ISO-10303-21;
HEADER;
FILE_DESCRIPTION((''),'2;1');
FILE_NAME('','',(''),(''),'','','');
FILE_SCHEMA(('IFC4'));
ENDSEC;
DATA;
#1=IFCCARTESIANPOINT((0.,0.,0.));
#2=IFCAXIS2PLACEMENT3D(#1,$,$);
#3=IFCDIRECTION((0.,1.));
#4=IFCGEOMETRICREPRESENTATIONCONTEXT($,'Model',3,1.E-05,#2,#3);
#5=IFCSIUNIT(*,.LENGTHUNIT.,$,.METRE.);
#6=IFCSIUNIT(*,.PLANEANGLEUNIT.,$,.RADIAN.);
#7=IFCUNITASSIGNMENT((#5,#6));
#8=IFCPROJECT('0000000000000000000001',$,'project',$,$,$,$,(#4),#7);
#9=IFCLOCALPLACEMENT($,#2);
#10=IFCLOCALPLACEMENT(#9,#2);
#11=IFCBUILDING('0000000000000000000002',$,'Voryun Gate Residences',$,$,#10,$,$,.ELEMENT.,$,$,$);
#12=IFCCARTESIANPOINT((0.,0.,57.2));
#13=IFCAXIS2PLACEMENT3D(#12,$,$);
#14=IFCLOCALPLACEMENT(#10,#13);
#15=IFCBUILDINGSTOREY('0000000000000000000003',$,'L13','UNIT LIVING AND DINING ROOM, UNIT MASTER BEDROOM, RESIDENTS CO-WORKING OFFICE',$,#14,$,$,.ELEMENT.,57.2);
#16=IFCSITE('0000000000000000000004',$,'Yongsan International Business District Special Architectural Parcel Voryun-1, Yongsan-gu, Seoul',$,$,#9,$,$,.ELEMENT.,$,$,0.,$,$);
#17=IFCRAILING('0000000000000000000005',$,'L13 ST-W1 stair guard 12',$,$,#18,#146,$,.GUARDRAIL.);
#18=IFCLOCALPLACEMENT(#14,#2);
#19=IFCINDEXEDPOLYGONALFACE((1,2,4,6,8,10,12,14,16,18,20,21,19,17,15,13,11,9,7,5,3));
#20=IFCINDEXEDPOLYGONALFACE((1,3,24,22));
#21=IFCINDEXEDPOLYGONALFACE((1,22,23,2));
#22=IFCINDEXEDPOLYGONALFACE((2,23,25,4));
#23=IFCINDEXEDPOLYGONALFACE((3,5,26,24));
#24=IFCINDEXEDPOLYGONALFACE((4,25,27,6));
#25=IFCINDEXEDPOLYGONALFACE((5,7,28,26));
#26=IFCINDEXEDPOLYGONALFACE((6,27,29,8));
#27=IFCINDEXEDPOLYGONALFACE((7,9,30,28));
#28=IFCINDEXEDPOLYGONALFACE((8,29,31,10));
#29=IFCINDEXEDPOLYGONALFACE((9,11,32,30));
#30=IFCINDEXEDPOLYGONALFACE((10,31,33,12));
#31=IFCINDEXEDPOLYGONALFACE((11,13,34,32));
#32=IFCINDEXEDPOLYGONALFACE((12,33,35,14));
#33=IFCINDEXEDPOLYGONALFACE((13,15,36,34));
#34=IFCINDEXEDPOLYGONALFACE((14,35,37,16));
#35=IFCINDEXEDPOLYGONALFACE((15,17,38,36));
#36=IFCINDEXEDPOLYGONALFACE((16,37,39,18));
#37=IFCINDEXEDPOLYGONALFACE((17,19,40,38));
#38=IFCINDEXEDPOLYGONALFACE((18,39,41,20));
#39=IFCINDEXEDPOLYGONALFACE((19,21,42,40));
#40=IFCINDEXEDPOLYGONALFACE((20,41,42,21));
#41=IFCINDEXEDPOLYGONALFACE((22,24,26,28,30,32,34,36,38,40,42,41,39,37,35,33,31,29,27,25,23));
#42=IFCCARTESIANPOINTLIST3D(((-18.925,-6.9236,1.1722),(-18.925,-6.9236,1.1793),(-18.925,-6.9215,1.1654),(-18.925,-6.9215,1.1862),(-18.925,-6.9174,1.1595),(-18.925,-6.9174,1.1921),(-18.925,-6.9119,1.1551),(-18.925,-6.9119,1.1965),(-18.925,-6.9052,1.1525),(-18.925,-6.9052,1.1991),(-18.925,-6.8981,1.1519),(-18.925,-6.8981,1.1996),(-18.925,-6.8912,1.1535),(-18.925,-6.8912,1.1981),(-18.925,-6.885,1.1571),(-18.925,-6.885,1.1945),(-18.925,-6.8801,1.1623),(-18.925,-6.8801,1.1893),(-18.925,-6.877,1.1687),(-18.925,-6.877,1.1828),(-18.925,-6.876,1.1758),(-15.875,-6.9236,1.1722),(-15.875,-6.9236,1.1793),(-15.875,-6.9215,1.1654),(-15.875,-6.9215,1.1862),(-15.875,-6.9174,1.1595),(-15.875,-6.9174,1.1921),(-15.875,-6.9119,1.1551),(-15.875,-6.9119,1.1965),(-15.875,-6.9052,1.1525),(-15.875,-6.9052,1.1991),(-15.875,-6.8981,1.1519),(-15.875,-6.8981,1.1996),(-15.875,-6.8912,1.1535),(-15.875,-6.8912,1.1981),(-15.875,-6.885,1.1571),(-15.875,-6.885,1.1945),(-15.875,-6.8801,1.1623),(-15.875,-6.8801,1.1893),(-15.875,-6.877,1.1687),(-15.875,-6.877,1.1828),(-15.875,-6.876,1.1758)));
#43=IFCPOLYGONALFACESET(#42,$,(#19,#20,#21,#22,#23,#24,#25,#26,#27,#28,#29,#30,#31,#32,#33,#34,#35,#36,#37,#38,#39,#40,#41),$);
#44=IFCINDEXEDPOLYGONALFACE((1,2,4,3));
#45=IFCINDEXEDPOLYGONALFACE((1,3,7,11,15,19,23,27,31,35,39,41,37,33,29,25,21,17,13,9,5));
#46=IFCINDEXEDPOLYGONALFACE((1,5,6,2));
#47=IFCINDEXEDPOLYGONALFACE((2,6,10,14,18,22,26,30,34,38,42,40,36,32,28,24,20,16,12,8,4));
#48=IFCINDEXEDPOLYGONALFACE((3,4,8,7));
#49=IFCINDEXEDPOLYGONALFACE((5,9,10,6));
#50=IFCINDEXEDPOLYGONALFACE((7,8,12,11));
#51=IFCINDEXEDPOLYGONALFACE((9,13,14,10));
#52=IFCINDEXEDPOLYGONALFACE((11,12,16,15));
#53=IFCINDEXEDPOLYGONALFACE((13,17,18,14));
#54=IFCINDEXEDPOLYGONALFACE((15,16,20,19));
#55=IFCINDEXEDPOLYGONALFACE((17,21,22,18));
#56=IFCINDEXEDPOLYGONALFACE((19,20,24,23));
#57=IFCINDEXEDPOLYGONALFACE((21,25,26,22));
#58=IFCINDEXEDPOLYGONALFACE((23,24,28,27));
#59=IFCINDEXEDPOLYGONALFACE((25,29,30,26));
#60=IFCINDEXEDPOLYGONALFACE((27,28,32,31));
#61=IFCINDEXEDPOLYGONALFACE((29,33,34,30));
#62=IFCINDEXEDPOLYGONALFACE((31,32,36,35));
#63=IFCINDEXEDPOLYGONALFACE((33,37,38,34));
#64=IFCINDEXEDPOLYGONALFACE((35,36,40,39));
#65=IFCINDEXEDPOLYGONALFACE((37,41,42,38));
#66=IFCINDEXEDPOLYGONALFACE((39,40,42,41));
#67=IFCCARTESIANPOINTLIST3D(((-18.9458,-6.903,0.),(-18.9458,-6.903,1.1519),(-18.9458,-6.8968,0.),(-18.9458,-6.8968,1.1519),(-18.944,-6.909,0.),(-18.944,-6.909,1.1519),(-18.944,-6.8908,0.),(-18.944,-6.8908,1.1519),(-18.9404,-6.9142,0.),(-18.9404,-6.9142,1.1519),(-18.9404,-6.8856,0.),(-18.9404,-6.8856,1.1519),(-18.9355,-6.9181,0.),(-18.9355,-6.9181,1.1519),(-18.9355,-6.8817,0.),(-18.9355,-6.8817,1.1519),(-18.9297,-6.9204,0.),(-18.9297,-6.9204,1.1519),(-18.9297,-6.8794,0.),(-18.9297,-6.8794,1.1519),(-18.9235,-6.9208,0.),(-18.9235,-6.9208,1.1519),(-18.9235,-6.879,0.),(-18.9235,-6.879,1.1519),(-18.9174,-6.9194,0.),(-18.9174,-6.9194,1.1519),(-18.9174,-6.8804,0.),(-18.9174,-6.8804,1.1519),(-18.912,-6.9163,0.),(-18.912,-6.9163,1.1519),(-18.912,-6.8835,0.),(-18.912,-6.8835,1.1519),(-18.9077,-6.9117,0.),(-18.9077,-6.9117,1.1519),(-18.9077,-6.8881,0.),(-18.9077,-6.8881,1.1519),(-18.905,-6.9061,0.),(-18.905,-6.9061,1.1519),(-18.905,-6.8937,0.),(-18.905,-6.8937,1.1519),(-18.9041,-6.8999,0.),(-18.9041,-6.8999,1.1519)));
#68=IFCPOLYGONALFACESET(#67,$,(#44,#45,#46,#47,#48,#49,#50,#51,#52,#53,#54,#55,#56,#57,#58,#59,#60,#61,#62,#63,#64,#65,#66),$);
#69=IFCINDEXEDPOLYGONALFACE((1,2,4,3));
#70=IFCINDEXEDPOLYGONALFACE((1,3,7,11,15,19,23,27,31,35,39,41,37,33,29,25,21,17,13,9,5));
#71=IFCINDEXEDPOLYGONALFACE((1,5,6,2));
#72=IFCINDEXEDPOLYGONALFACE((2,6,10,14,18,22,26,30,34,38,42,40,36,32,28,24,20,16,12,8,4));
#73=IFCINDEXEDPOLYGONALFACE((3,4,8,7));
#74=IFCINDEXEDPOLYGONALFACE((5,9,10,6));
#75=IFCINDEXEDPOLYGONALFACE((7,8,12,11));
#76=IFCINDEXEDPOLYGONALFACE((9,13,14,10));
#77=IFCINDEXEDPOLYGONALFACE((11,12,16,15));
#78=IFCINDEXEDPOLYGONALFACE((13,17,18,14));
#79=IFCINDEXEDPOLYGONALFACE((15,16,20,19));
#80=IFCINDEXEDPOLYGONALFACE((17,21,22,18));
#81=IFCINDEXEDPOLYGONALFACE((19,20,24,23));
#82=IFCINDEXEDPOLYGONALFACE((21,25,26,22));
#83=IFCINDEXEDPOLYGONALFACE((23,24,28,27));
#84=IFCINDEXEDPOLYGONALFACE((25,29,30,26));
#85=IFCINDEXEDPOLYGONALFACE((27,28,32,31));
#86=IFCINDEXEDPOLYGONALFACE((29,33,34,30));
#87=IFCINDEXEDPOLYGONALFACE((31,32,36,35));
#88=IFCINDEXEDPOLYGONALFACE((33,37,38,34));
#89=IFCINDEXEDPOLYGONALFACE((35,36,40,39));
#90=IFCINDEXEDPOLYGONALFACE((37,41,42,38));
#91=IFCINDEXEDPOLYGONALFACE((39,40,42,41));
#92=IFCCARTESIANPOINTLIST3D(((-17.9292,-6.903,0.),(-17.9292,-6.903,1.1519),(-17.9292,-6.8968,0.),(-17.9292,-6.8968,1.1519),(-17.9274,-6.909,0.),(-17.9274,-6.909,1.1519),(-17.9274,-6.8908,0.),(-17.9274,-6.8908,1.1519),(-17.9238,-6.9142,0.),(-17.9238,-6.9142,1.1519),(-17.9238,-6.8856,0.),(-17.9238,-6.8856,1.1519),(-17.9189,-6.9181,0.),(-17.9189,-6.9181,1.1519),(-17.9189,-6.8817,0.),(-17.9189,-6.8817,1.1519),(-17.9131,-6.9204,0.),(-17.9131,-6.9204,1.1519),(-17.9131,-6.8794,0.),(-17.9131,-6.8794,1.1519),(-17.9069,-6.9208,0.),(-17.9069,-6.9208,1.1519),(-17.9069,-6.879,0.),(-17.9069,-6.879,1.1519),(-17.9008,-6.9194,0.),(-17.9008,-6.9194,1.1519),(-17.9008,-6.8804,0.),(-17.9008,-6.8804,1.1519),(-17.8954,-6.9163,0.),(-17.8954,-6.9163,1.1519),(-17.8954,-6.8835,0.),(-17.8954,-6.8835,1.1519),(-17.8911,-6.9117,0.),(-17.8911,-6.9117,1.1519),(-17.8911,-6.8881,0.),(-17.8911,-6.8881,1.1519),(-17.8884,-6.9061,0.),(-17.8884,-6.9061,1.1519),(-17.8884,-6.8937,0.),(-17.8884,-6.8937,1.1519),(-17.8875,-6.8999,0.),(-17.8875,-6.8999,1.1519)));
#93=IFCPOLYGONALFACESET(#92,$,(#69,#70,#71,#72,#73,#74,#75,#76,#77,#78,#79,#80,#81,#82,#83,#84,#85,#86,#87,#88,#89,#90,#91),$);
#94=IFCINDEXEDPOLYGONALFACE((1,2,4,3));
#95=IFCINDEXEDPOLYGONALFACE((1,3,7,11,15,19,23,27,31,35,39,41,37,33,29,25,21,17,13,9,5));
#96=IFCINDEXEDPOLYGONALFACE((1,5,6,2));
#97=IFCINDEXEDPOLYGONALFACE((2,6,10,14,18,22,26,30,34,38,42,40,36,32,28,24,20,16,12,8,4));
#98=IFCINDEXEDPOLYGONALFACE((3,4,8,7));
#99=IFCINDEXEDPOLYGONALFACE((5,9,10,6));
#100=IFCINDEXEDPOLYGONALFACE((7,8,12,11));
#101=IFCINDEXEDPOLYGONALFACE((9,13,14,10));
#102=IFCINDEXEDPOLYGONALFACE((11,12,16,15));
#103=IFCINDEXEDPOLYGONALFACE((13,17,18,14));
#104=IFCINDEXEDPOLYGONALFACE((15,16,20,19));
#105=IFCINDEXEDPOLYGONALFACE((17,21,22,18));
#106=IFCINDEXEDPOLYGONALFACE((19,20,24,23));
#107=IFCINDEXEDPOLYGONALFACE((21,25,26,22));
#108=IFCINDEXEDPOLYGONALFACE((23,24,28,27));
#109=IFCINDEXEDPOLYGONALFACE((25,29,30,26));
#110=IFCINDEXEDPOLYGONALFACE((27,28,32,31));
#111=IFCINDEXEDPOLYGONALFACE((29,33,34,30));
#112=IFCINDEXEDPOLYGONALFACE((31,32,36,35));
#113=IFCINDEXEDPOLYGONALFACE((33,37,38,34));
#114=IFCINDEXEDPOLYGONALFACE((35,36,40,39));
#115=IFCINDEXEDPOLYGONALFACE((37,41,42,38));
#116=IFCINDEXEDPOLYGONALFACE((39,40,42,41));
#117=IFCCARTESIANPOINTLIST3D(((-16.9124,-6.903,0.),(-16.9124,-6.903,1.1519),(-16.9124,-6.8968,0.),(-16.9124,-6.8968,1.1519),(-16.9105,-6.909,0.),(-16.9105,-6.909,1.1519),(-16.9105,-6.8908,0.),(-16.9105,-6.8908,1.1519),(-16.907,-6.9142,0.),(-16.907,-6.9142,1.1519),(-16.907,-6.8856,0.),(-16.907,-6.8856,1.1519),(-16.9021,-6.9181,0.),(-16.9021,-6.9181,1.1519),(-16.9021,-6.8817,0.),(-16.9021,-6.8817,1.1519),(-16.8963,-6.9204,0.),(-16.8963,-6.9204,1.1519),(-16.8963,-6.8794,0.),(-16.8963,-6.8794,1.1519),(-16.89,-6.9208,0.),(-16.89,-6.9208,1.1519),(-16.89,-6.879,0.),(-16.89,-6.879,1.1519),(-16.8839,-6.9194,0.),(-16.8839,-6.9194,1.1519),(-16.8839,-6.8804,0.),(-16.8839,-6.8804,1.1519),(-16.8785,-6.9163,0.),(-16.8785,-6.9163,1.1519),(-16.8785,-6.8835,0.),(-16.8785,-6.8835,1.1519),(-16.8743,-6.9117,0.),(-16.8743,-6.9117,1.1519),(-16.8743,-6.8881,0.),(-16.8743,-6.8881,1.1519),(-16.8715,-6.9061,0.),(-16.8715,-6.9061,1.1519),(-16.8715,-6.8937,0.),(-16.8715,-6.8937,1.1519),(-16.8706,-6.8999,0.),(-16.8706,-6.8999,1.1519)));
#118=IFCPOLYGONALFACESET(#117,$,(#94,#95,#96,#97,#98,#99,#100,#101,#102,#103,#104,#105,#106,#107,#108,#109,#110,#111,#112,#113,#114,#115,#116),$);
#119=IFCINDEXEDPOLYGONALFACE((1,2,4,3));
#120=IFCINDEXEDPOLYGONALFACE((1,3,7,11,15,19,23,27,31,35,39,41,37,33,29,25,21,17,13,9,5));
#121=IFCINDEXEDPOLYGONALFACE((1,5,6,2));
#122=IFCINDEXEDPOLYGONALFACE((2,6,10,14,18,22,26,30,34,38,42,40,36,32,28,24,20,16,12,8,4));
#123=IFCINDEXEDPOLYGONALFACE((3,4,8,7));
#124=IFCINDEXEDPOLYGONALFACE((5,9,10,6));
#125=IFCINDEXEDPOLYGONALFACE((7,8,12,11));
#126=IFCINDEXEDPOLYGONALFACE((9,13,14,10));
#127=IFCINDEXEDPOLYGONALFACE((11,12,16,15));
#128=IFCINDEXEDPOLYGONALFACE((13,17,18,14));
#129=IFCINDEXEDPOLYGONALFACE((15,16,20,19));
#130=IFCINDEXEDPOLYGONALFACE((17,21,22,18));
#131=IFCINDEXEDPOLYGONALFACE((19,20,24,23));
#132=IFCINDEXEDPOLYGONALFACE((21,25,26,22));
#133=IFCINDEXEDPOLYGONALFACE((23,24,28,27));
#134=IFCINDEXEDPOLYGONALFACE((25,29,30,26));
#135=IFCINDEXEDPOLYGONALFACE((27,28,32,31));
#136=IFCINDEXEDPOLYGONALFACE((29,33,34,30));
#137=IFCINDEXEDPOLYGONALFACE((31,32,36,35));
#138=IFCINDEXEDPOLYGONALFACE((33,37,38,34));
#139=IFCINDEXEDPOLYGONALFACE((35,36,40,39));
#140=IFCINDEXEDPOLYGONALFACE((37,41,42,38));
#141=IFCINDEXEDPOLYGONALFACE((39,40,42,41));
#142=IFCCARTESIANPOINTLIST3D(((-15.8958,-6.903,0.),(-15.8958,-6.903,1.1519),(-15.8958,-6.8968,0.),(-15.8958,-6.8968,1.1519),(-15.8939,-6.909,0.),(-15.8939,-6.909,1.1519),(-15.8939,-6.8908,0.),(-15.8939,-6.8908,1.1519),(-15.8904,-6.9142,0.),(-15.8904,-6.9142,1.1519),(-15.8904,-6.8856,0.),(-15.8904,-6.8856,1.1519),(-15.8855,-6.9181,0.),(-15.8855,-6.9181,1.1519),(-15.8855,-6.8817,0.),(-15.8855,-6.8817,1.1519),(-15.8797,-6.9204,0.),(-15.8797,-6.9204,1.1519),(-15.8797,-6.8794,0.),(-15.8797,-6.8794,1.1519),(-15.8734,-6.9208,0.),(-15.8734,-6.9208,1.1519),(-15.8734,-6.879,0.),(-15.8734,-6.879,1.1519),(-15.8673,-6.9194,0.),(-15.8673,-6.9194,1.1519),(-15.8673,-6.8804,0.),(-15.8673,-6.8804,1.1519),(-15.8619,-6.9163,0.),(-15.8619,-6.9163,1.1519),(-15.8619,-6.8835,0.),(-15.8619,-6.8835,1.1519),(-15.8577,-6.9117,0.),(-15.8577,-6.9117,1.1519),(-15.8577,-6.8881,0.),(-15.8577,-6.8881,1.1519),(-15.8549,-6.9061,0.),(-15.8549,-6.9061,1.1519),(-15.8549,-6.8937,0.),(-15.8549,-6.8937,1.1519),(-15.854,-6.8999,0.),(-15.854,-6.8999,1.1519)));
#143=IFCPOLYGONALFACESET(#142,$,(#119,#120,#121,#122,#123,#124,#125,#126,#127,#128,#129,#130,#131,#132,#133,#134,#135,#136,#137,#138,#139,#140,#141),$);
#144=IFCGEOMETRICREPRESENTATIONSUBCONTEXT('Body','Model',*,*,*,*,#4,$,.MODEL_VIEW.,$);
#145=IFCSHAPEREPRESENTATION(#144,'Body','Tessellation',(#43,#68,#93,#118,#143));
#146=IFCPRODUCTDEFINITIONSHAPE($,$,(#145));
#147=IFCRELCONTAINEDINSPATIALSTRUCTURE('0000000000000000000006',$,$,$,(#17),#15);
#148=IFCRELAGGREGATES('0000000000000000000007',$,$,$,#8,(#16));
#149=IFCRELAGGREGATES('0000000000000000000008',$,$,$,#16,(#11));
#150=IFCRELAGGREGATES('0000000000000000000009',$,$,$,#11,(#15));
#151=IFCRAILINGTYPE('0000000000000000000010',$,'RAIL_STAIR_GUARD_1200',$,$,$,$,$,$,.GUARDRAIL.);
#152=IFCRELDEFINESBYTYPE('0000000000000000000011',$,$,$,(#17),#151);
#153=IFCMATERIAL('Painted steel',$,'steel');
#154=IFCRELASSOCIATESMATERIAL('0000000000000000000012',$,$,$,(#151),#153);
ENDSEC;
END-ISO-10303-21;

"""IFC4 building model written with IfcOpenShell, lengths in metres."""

from ifc_helpers import new_model, si_unit, direction, frame, origin, origin_2d, place, context, subcontext, project, spatial, circle, extrude, material, type_object, element, save


model = new_model("IFC4")

# Units and contexts
model_context = context("Model", 3, precision=1e-05, world=origin(), true_north=direction((0.0, 1.0)))
body_context = subcontext(model_context, "Body", "Model", "MODEL_VIEW")
ifc_project = project(units=[si_unit("LENGTHUNIT", "METRE"), si_unit("PLANEANGLEUNIT", "RADIAN")], contexts=[model_context])

# Site, building, storey
site_placement = place(None, origin())
site = spatial("IfcSite", under=ifc_project, at=site_placement, Name="Yongsan International Business District Special Architectural Parcel Voryun-1, Yongsan-gu, Seoul", CompositionType="ELEMENT", RefElevation=0.0)
building_placement = place(site_placement, origin())
building = spatial("IfcBuilding", under=site, at=building_placement, Name="Voryun Gate Residences", CompositionType="ELEMENT")
storey_placement = place(building_placement, frame((0.0, 0.0, 57.2)))
storey = spatial("IfcBuildingStorey", under=building, at=storey_placement, Name="L13", Description="UNIT LIVING AND DINING ROOM, UNIT MASTER BEDROOM, RESIDENTS CO-WORKING OFFICE", CompositionType="ELEMENT", Elevation=57.2)

# Railing
ifc_material_1 = material(Name="Painted steel", Category="steel")
railing_type_1 = type_object("IfcRailingType", Name="RAIL_STAIR_GUARD_1200", PredefinedType="GUARDRAIL", material=ifc_material_1)
railing_1_placement = place(storey_placement, frame((-18.925, -6.8999, 0.0)))
element("IfcRailing", 1, at=railing_1_placement, inside=storey, type_object=railing_type_1, Name="L13 ST-W1 stair guard 12", PredefinedType="GUARDRAIL", context=body_context, shape_type="SweptSolid", body=[
    extrude(circle(Radius=0.0239, at=origin_2d()), frame((0.0, 0.0, 1.1758), z_axis=(1.0, 0.0, 0.0), x_axis=(0.0, 1.0, 0.0)), (0.0, 0.0, 1.0), 3.05),
    extrude(circle(Radius=0.021, at=origin_2d()), origin(), (0.0, 0.0, 1.0), 1.1519),
    extrude(circle(Radius=0.021, at=origin_2d()), frame((1.0166, 0.0, 0.0)), (0.0, 0.0, 1.0), 1.1519),
    extrude(circle(Radius=0.021, at=origin_2d()), frame((2.0334, 0.0, 0.0)), (0.0, 0.0, 1.0), 1.1519),
    extrude(circle(Radius=0.021, at=origin_2d()), frame((3.05, 0.0, 0.0)), (0.0, 0.0, 1.0), 1.1519),
])

save(model, "model.ifc")
